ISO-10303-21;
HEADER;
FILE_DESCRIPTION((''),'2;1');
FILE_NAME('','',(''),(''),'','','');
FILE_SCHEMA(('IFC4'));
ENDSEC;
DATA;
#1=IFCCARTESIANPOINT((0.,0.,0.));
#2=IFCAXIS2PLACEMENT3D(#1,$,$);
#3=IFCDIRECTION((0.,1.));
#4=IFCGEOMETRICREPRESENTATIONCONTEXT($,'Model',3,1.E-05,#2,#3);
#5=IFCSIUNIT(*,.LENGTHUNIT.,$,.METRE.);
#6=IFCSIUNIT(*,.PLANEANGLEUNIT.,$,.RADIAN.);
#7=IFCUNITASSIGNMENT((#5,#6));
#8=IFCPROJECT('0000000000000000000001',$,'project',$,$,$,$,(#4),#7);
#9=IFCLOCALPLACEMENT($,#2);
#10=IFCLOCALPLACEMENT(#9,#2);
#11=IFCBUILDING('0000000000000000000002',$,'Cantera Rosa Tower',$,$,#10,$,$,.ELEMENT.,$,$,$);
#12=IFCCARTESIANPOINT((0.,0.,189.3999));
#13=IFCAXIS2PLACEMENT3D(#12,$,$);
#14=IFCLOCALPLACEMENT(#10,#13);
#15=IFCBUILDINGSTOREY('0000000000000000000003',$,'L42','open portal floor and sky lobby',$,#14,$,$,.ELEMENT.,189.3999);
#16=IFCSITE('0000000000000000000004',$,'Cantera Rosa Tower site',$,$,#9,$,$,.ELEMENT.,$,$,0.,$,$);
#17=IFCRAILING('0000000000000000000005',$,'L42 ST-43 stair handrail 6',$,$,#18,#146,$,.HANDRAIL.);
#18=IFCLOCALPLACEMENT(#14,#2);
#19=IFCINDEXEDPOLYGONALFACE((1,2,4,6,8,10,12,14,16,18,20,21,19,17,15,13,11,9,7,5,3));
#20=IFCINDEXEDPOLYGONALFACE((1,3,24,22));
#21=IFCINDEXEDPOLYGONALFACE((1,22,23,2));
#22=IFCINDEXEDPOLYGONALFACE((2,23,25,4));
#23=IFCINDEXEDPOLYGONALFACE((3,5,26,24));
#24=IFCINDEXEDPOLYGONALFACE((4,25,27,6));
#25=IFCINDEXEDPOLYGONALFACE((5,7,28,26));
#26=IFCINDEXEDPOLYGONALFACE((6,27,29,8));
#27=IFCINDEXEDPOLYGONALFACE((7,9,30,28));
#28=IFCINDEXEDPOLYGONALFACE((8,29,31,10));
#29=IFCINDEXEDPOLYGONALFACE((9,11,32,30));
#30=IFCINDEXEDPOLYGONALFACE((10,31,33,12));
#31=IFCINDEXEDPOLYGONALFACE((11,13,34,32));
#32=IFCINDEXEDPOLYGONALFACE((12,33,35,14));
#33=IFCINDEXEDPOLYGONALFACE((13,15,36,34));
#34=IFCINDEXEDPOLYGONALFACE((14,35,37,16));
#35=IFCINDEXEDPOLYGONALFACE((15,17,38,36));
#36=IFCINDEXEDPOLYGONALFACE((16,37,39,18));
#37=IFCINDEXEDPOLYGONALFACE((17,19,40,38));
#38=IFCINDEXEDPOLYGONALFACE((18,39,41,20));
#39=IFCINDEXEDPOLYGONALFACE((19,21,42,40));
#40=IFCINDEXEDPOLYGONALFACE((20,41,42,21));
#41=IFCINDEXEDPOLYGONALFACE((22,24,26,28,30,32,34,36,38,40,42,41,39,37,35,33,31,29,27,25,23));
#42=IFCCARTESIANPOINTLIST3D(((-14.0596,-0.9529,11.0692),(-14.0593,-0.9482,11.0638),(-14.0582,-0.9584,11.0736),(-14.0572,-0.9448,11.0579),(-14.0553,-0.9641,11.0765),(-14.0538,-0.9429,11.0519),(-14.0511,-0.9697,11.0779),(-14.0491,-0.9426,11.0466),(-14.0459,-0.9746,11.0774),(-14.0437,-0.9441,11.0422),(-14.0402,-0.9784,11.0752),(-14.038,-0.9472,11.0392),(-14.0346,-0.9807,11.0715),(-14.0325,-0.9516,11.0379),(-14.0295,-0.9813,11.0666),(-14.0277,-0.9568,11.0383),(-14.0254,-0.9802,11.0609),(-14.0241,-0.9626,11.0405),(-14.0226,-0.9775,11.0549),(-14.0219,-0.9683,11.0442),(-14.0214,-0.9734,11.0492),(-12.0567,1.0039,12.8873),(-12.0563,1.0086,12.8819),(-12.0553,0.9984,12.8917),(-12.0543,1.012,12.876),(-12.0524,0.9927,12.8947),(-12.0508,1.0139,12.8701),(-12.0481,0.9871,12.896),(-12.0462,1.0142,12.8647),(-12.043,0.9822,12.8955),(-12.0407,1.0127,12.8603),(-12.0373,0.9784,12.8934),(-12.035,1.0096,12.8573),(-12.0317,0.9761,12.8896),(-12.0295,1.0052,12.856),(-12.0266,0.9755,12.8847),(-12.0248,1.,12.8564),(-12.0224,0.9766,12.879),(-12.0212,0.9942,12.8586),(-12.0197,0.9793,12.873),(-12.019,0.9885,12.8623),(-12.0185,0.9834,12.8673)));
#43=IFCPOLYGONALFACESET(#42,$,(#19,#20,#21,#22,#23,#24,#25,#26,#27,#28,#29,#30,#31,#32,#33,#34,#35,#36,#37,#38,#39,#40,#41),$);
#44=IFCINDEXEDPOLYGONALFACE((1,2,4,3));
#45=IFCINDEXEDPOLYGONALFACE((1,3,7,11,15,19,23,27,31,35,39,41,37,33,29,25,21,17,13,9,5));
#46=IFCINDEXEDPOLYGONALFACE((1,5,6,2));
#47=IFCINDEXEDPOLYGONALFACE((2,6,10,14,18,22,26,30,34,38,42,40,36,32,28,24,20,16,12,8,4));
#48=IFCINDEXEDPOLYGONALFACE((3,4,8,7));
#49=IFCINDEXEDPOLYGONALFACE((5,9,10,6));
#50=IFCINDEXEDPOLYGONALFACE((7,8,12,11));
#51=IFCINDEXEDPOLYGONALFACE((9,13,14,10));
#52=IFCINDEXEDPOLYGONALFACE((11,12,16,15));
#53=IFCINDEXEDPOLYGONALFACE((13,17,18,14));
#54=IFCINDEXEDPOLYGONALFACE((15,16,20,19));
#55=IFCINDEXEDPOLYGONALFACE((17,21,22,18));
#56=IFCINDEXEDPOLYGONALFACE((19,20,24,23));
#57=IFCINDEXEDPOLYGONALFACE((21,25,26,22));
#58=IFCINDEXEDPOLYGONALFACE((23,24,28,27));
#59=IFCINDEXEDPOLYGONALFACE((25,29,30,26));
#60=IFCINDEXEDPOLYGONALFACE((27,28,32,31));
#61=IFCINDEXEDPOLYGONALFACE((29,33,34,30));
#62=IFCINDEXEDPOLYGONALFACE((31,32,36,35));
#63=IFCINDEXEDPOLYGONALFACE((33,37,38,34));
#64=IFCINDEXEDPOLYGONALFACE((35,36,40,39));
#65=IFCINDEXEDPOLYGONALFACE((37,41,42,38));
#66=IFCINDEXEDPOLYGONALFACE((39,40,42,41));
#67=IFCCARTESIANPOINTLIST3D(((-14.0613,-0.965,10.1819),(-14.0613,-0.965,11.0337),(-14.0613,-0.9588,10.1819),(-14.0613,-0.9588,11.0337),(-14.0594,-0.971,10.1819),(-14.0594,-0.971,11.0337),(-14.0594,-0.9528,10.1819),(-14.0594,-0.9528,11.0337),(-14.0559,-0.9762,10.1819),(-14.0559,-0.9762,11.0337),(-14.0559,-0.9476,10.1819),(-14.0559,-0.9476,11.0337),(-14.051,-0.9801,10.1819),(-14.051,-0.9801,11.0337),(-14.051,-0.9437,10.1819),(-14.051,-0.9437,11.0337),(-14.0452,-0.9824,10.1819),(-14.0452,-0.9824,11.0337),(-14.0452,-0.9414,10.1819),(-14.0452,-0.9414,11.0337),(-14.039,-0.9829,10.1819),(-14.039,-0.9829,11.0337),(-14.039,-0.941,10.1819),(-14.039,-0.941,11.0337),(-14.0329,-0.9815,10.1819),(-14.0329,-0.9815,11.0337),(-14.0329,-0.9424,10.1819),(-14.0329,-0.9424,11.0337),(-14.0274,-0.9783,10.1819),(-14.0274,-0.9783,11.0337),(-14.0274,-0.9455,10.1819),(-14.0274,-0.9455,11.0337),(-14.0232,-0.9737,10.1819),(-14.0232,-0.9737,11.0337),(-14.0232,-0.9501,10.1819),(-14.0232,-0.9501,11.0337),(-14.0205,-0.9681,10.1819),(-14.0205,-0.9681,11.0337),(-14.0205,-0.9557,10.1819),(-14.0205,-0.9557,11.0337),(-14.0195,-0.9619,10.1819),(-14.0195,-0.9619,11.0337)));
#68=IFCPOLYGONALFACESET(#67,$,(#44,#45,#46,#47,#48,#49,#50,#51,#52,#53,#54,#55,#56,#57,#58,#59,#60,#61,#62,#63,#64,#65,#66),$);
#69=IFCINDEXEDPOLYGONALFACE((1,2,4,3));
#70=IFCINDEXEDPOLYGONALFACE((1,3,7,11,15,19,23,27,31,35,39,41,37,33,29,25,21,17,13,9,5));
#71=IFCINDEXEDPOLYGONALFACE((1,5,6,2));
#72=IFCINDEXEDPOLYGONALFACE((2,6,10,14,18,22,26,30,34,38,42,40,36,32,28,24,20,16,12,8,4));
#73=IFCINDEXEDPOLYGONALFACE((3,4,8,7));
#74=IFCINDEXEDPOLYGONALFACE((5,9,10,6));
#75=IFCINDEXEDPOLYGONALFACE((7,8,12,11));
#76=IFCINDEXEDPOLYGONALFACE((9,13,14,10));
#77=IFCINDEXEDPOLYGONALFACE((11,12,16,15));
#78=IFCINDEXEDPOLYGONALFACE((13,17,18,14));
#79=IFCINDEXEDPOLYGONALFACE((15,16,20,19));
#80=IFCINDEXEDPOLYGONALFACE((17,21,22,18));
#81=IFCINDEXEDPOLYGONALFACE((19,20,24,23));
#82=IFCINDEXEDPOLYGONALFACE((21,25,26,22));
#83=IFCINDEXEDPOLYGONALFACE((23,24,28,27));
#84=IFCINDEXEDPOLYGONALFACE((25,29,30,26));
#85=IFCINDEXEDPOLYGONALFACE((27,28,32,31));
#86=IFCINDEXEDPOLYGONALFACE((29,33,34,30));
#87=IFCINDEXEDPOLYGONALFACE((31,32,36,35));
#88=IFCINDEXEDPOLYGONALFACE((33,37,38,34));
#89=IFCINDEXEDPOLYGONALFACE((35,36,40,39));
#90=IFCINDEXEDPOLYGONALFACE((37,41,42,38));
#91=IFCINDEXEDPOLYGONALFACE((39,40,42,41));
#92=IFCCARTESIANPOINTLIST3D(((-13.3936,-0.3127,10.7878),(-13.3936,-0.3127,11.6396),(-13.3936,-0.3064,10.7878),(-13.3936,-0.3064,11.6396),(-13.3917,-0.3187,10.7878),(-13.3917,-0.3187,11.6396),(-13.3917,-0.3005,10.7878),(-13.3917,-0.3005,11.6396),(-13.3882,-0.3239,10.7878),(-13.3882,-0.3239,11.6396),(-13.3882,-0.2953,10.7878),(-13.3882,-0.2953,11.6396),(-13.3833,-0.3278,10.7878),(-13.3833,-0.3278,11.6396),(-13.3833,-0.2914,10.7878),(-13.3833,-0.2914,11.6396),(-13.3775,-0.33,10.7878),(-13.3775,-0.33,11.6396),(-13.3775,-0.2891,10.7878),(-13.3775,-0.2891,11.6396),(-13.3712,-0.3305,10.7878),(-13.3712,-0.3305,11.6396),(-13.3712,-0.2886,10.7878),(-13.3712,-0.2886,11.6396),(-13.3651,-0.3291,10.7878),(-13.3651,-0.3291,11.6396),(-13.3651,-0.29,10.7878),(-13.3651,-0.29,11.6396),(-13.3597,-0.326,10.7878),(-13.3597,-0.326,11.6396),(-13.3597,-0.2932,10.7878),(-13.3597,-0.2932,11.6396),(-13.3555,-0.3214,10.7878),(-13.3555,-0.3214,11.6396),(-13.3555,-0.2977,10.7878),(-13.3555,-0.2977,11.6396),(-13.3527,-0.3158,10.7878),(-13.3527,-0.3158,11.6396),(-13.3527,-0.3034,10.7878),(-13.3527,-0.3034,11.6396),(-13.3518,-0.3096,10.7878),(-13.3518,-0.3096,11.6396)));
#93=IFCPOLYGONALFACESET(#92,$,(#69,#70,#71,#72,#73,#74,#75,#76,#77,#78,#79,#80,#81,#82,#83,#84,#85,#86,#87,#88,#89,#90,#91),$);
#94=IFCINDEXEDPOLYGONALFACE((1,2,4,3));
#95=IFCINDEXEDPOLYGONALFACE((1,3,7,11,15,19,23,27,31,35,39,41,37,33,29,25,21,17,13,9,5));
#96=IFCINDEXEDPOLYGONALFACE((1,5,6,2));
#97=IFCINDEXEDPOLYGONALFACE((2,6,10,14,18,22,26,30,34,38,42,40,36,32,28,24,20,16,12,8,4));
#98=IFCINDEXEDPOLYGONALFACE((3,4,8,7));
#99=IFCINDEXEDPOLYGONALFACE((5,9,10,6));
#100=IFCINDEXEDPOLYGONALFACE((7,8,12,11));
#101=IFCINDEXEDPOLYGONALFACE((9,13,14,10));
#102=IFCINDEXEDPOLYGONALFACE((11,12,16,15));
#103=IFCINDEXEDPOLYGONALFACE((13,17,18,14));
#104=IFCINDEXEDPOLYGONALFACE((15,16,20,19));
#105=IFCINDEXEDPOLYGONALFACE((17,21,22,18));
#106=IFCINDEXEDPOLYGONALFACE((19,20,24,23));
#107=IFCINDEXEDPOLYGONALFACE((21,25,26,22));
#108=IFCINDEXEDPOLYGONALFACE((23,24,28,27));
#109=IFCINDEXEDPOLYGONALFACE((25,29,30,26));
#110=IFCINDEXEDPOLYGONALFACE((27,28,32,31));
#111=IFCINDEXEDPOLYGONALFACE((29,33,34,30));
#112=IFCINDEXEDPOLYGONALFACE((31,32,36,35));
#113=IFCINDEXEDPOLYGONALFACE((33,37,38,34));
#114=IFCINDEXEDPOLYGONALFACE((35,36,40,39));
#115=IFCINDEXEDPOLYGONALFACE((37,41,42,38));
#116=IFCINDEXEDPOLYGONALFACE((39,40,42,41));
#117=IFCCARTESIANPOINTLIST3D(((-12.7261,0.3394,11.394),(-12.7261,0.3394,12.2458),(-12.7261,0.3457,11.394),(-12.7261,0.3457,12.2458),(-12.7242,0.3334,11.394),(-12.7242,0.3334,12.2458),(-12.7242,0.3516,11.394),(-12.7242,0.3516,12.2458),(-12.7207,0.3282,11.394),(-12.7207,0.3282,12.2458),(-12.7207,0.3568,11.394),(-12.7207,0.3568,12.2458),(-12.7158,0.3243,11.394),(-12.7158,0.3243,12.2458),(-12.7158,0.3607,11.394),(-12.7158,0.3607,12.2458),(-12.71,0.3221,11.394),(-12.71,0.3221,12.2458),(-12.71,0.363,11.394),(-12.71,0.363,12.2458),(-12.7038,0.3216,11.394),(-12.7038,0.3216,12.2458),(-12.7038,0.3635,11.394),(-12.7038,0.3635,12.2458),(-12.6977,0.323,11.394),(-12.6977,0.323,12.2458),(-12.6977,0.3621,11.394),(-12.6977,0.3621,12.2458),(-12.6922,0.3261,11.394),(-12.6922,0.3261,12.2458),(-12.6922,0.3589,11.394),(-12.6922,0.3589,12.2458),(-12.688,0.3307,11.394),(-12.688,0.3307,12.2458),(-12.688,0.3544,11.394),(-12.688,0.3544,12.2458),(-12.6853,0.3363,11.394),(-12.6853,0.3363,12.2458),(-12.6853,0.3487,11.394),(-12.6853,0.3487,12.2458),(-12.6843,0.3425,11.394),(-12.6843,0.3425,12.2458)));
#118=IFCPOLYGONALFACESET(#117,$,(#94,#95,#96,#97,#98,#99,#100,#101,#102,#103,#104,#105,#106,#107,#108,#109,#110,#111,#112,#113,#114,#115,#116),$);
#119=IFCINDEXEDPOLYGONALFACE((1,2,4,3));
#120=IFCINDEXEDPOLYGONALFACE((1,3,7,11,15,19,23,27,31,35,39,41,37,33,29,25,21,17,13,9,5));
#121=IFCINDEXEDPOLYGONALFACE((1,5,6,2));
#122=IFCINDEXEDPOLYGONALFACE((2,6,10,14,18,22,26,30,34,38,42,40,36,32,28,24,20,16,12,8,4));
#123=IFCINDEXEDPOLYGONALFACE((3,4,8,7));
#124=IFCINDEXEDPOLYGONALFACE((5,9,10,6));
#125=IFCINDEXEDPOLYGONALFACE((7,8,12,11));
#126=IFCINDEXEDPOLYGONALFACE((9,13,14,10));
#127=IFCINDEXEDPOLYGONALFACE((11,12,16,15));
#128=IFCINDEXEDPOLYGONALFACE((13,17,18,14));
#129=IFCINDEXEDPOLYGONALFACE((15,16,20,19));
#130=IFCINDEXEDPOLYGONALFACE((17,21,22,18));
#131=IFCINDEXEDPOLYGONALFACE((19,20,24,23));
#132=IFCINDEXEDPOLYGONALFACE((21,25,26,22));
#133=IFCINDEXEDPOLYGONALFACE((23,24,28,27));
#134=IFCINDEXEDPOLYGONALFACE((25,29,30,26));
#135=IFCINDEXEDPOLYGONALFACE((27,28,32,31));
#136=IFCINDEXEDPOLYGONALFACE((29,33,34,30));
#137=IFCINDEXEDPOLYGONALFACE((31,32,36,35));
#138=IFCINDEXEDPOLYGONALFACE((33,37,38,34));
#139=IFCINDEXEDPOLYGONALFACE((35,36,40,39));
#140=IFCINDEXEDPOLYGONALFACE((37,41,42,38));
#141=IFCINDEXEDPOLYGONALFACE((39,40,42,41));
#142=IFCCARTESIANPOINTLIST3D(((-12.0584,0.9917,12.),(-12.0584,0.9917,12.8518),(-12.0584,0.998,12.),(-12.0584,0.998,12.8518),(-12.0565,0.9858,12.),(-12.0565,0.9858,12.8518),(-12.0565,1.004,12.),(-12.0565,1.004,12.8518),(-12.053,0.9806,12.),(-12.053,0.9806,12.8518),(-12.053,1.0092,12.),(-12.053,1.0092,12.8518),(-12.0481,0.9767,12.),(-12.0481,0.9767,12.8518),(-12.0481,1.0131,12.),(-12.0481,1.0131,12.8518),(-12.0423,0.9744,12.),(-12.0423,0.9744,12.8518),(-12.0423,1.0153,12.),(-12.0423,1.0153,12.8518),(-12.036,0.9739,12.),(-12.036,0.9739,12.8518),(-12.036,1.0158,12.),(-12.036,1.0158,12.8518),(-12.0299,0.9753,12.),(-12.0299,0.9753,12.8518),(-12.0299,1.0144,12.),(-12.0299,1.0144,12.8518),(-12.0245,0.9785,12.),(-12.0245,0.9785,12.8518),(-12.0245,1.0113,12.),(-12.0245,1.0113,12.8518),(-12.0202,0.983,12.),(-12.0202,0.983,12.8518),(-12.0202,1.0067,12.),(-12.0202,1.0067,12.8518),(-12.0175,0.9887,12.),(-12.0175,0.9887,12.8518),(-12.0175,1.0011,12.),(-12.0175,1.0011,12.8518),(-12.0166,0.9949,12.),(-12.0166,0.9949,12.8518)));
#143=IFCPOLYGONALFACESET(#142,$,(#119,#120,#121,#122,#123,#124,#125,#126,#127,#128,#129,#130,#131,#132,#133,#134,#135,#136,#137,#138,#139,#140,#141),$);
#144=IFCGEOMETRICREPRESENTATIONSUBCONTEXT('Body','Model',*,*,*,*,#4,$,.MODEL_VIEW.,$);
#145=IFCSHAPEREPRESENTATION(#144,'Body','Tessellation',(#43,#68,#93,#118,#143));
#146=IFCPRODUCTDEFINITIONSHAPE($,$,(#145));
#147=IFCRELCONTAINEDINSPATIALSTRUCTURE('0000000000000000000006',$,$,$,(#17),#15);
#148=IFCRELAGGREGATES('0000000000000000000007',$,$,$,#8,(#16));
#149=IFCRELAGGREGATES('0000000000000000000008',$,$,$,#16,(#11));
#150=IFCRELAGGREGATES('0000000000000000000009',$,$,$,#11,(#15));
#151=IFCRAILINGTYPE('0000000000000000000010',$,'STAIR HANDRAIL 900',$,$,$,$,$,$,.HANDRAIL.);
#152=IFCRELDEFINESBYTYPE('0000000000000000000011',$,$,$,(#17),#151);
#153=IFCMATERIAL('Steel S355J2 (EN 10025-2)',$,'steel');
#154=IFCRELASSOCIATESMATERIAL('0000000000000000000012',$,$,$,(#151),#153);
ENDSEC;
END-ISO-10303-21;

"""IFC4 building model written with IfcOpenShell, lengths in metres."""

from ifc_helpers import new_model, si_unit, direction, frame, origin, origin_2d, place, context, subcontext, project, spatial, circle, extrude, material, type_object, element, save


model = new_model("IFC4")

# Units and contexts
model_context = context("Model", 3, precision=1e-05, world=origin(), true_north=direction((0.0, 1.0)))
body_context = subcontext(model_context, "Body", "Model", "MODEL_VIEW")
ifc_project = project(units=[si_unit("LENGTHUNIT", "METRE"), si_unit("PLANEANGLEUNIT", "RADIAN")], contexts=[model_context])

# Site, building, storey
site_placement = place(None, origin())
site = spatial("IfcSite", under=ifc_project, at=site_placement, Name="Cantera Rosa Tower site", CompositionType="ELEMENT", RefElevation=0.0)
building_placement = place(site_placement, origin())
building = spatial("IfcBuilding", under=site, at=building_placement, Name="Cantera Rosa Tower", CompositionType="ELEMENT")
storey_placement = place(building_placement, frame((0.0, 0.0, 189.3999)))
storey = spatial("IfcBuildingStorey", under=building, at=storey_placement, Name="L42", Description="open portal floor and sky lobby", CompositionType="ELEMENT", Elevation=189.3999)

# Railing
ifc_material_1 = material(Name="Steel S355J2 (EN 10025-2)", Category="steel")
railing_type_1 = type_object("IfcRailingType", Name="STAIR HANDRAIL 900", PredefinedType="HANDRAIL", material=ifc_material_1)
for number, where, name in (
    (1, (-14.0405, -0.9619, 10.1819), "L42 ST-43 stair handrail 6"),
):
    element("IfcRailing", number, at=place(storey_placement, frame(where)), inside=storey, type_object=railing_type_1, Name=name, PredefinedType="HANDRAIL", context=body_context, shape_type="SweptSolid", body=[
        extrude(circle(Radius=0.0239, at=origin_2d()), frame((0.0, 0.0, 0.876), z_axis=(0.59993, 0.586109, 0.544573), x_axis=(-0.698819, 0.715298, 0.0)), (0.0, 0.0, 1.0), 3.3386),
        extrude(circle(Radius=0.021, at=origin_2d()), origin(), (0.0, 0.0, 1.0), 0.8518),
        extrude(circle(Radius=0.021, at=origin_2d()), frame((0.6677, 0.6523, 0.606)), (0.0, 0.0, 1.0), 0.8518),
        extrude(circle(Radius=0.021, at=origin_2d()), frame((1.3352, 1.3044, 1.2122)), (0.0, 0.0, 1.0), 0.8518),
        extrude(circle(Radius=0.021, at=origin_2d()), frame((2.0029, 1.9568, 1.8181)), (0.0, 0.0, 1.0), 0.8518),
    ])

save(model, "model.ifc")
